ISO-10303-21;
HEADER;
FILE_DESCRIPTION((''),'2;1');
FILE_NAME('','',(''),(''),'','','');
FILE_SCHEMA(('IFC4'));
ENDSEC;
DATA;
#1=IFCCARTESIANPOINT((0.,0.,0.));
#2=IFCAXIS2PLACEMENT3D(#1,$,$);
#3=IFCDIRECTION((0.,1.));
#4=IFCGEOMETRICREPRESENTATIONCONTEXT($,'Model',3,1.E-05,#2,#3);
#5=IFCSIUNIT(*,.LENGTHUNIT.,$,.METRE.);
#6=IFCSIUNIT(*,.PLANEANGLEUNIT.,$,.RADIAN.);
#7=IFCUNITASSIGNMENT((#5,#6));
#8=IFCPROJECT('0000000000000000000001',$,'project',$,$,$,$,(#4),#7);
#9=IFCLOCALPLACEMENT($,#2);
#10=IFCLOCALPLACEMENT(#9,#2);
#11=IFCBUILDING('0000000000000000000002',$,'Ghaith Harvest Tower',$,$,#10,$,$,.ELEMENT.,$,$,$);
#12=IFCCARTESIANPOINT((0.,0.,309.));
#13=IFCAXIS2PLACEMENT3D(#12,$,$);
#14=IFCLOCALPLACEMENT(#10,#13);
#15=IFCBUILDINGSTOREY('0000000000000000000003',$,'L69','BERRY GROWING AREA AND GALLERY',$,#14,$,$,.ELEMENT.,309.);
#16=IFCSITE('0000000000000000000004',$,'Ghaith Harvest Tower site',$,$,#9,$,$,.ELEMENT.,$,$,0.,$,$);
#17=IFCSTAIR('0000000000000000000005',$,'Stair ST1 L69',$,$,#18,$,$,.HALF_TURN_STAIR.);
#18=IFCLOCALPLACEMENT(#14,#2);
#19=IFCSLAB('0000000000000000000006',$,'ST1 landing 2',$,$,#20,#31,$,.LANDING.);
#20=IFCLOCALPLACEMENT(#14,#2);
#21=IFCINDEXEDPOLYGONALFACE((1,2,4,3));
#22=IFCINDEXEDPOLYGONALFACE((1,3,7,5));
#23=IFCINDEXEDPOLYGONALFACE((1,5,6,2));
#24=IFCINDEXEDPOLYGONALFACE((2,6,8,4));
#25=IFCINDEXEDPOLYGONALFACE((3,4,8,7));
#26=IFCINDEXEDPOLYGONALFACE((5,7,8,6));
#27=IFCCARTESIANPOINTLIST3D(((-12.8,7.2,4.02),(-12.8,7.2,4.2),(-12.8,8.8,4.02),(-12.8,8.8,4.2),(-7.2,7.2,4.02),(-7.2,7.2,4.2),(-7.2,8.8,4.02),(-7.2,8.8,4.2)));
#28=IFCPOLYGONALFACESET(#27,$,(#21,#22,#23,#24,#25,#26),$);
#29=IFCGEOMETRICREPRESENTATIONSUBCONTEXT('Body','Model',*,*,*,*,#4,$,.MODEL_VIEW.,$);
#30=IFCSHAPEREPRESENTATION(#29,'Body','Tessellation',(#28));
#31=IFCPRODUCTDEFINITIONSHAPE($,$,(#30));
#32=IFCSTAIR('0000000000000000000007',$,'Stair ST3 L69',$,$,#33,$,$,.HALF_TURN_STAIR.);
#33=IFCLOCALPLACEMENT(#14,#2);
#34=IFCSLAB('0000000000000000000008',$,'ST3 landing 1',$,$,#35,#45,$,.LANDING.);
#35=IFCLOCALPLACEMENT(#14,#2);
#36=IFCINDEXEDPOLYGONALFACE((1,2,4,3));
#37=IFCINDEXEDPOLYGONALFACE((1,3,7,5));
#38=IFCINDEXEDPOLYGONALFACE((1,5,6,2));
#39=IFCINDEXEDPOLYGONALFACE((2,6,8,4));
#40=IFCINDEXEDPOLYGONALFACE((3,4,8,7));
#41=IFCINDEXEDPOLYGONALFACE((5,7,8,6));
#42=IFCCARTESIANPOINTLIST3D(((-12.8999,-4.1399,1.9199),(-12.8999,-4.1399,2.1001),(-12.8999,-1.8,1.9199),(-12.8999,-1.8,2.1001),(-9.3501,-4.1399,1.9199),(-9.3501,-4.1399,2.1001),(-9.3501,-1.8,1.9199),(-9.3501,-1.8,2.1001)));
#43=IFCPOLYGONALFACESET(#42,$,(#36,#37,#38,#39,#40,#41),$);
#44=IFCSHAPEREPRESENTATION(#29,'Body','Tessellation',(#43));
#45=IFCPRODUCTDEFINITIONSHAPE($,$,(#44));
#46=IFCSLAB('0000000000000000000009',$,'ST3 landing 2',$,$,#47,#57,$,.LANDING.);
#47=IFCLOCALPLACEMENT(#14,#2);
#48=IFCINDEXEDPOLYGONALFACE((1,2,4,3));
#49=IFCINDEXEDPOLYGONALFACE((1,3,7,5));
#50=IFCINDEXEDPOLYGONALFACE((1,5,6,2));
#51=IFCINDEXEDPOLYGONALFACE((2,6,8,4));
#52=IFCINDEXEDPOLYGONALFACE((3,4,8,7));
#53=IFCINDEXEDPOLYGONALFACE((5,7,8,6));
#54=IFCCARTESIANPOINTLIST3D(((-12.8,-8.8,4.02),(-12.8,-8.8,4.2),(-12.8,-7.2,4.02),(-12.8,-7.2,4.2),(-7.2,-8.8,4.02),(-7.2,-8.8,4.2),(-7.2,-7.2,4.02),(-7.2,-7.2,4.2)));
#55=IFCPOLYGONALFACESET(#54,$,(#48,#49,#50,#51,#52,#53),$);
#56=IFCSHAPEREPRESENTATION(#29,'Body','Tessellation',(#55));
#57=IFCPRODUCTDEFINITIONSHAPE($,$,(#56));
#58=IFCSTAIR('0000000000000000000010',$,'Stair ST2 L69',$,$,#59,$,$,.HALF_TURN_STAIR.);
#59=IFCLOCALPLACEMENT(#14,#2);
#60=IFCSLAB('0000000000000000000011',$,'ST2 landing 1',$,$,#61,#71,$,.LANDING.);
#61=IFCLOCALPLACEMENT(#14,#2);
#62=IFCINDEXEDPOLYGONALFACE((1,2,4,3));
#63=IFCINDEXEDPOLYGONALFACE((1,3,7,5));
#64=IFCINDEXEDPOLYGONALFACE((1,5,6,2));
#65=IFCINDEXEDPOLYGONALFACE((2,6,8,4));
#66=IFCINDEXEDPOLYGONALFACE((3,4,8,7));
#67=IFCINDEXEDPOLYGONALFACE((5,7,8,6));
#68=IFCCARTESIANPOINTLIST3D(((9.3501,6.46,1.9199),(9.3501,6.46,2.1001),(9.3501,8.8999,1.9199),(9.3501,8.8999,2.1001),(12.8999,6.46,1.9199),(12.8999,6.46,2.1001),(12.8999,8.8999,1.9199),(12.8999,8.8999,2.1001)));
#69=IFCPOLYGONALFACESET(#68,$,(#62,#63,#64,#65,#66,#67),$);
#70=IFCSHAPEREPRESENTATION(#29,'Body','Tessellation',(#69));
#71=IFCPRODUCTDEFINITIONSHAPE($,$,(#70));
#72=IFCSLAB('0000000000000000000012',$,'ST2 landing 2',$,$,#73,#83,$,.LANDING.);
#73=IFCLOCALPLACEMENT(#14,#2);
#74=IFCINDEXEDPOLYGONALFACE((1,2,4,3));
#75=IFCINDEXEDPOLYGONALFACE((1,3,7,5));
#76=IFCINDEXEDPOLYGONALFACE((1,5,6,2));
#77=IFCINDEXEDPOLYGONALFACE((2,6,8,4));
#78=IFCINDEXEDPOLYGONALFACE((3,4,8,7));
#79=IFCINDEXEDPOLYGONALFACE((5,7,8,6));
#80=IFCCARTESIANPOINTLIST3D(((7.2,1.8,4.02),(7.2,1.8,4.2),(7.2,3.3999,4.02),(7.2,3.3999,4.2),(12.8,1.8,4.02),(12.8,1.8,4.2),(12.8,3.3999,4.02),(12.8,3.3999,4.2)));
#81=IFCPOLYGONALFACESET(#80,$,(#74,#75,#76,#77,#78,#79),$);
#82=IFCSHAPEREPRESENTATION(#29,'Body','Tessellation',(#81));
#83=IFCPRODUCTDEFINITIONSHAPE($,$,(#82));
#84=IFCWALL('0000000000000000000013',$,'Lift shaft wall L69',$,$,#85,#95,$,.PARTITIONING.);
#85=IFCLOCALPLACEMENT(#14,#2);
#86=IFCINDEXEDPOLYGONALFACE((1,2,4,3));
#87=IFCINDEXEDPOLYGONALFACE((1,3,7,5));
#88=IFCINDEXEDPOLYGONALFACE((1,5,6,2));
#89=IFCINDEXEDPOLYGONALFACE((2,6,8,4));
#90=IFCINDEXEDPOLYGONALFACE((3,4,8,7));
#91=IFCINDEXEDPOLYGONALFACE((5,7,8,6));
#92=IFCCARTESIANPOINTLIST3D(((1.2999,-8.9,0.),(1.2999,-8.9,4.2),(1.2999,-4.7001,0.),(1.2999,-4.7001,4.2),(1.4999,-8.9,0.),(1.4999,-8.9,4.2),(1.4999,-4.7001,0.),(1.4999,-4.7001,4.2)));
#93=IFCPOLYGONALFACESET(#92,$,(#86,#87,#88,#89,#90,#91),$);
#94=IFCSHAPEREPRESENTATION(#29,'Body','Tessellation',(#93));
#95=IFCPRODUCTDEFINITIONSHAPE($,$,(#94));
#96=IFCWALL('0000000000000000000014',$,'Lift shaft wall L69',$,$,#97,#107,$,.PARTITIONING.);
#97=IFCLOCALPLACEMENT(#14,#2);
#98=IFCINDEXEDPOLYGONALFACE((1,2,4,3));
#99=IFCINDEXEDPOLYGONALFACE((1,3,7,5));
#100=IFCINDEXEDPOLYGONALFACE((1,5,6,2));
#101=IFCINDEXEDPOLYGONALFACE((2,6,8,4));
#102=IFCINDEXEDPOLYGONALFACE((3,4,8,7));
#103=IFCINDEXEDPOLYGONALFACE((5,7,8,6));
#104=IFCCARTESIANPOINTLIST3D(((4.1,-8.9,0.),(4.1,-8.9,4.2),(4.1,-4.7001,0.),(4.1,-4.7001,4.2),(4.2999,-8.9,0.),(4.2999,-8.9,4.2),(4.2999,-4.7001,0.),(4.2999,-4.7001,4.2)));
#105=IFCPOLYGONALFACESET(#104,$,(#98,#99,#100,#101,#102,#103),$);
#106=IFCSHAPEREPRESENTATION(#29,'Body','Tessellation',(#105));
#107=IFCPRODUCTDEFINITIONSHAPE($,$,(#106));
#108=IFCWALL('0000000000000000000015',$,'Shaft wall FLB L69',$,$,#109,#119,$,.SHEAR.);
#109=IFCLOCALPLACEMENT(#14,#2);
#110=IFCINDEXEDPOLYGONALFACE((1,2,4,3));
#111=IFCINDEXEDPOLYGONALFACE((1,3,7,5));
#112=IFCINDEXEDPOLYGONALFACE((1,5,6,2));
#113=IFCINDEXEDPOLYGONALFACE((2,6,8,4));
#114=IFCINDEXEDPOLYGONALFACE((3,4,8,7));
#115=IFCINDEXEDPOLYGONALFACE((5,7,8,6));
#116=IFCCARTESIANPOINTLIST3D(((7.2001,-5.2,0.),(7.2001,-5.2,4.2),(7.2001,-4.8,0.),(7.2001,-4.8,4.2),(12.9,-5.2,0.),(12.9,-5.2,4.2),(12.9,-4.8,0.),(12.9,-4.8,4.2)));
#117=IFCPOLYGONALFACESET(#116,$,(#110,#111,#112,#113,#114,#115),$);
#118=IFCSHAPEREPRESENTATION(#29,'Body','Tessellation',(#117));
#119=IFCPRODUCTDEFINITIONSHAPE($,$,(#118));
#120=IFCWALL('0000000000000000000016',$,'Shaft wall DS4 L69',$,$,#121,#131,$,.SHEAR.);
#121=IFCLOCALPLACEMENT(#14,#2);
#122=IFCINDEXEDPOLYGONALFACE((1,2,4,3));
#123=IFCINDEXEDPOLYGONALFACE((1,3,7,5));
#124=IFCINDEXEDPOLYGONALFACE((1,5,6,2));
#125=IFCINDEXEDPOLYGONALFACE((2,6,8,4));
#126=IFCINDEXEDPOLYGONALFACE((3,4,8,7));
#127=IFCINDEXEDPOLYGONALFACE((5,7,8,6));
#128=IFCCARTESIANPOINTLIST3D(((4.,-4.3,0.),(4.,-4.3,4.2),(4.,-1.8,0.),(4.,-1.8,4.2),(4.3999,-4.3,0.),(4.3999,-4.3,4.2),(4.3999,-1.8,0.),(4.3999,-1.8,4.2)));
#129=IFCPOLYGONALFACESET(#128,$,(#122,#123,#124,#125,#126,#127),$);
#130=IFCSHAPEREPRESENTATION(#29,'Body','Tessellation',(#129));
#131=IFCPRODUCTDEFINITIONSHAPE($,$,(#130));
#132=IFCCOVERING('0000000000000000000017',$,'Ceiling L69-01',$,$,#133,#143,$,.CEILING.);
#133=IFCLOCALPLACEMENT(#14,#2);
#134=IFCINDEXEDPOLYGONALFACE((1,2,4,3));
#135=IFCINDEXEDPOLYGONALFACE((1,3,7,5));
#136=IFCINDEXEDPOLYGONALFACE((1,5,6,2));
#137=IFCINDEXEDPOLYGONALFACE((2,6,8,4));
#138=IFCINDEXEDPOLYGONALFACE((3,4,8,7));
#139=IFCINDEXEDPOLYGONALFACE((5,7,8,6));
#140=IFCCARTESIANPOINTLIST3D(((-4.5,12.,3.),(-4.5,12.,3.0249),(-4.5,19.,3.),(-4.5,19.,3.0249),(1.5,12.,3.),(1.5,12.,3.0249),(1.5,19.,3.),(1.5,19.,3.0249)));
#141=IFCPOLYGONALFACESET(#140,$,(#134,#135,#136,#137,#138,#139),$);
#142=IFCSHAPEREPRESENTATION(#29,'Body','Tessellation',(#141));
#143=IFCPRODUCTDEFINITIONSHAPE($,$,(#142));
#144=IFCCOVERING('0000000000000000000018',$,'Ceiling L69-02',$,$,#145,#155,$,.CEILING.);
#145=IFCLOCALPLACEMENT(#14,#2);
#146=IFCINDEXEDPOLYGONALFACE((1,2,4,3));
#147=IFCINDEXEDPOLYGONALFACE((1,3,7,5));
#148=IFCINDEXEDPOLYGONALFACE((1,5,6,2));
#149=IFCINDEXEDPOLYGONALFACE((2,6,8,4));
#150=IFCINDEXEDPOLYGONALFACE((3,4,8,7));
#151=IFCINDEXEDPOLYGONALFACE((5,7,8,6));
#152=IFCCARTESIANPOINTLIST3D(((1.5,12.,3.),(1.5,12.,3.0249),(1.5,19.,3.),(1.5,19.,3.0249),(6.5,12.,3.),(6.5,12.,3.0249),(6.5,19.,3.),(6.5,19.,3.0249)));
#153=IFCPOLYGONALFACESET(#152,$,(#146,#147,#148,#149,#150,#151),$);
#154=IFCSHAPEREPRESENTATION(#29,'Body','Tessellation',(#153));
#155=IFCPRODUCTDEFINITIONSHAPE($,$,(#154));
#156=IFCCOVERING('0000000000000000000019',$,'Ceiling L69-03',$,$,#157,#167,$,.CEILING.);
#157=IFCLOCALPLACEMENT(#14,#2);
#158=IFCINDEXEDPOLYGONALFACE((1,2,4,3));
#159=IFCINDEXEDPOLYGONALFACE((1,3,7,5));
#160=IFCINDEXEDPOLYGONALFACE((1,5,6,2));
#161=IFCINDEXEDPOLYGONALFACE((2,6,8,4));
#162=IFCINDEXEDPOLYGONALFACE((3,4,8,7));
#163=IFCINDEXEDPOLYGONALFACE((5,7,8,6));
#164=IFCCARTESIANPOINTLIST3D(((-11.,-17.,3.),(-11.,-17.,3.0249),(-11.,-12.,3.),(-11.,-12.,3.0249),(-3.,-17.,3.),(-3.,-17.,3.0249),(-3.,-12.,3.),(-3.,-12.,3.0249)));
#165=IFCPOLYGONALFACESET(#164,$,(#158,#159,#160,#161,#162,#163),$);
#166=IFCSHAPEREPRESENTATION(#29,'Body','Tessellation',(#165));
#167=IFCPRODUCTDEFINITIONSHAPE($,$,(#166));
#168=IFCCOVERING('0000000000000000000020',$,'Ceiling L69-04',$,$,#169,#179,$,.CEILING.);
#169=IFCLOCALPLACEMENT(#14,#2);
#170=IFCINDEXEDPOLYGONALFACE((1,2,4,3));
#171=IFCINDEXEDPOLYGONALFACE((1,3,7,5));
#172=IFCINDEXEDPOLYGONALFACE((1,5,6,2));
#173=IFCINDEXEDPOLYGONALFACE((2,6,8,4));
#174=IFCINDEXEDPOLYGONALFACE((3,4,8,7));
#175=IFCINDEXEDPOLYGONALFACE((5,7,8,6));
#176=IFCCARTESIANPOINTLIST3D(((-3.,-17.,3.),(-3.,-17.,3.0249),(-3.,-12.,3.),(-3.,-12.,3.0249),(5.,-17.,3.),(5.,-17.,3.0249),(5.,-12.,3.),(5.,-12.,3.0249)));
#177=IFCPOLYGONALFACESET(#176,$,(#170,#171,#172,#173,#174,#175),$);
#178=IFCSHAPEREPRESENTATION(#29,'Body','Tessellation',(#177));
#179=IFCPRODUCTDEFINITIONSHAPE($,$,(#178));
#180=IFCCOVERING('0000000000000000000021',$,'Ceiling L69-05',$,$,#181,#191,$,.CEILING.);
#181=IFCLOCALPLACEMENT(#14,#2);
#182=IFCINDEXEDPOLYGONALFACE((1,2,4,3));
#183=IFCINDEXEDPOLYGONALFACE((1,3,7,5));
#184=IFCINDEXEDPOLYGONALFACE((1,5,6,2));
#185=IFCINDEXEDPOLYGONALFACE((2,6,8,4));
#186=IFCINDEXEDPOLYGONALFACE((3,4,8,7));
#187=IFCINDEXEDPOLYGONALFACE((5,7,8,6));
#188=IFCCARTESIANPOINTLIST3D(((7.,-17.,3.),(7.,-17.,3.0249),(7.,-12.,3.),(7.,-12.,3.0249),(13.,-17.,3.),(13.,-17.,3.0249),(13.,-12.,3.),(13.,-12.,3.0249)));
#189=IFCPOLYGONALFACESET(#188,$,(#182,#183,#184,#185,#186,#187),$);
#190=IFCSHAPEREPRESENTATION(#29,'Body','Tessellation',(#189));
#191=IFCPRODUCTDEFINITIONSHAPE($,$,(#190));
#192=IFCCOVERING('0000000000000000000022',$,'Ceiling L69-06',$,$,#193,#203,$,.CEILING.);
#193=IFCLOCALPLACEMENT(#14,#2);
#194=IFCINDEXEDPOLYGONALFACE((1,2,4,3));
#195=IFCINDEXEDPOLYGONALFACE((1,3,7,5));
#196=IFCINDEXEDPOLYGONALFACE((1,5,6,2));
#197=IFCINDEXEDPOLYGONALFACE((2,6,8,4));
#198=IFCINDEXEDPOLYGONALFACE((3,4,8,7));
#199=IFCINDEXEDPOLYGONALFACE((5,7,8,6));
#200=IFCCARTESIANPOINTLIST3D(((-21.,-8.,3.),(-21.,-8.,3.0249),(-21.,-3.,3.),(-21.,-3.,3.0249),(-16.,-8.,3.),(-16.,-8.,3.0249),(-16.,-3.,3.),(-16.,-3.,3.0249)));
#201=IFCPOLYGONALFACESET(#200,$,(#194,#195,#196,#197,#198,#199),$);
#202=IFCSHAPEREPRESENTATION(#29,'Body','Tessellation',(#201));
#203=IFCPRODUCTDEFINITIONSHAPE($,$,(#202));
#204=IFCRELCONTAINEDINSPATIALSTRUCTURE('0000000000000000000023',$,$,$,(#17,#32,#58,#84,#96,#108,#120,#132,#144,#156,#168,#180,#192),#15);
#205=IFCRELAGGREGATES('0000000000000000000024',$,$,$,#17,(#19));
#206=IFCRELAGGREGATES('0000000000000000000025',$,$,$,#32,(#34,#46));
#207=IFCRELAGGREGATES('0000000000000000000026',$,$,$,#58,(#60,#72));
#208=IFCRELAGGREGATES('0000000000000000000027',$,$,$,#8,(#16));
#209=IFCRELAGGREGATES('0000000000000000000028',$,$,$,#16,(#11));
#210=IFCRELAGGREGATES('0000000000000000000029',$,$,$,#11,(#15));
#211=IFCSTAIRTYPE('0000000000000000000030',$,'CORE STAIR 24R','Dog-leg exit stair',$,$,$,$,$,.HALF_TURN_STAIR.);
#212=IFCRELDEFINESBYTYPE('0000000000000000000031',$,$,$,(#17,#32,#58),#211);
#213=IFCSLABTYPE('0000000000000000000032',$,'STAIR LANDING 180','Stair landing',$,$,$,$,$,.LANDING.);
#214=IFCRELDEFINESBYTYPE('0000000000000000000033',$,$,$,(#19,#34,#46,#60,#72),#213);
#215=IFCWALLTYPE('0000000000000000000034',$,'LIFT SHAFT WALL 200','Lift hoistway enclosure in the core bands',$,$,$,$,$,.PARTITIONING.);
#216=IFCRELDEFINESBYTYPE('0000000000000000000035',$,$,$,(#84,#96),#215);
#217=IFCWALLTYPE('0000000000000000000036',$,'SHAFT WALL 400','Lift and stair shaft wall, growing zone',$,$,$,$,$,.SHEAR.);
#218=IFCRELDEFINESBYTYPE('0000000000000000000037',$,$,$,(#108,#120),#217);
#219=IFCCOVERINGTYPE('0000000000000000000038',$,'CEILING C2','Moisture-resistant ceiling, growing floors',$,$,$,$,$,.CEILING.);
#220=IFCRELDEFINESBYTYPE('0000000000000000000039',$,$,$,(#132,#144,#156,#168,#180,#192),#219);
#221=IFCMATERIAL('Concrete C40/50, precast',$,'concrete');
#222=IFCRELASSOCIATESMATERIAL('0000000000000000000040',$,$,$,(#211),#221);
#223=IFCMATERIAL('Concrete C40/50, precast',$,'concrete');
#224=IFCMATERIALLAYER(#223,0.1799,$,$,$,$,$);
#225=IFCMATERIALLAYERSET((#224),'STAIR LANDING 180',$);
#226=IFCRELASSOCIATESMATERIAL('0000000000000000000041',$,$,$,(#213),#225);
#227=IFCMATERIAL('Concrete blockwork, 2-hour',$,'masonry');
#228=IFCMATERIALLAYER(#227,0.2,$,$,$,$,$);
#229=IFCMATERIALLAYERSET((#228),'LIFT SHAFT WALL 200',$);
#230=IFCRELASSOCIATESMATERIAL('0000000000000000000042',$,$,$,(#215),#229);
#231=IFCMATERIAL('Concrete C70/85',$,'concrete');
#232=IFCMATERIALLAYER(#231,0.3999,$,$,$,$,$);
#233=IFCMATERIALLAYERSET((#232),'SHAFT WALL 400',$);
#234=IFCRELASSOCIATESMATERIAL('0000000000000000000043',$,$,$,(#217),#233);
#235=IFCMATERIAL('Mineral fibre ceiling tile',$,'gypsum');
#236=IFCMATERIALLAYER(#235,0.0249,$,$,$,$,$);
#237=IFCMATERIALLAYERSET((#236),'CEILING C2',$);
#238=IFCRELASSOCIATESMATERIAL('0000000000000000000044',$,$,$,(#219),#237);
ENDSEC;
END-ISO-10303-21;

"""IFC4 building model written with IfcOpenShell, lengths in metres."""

from ifc_helpers import new_model, si_unit, direction, frame, frame_2d, origin, place, context, subcontext, project, spatial, polyline, rectangle, outline, extrude, material, layer, layer_set, type_object, element, aggregate, save


model = new_model("IFC4")

# Units and contexts
model_context = context("Model", 3, precision=1e-05, world=origin(), true_north=direction((0.0, 1.0)))
body_context = subcontext(model_context, "Body", "Model", "MODEL_VIEW")
ifc_project = project(units=[si_unit("LENGTHUNIT", "METRE"), si_unit("PLANEANGLEUNIT", "RADIAN")], contexts=[model_context])

# Site, building, storey
site_placement = place(None, origin())
site = spatial("IfcSite", under=ifc_project, at=site_placement, Name="Ghaith Harvest Tower site", CompositionType="ELEMENT", RefElevation=0.0)
building_placement = place(site_placement, origin())
building = spatial("IfcBuilding", under=site, at=building_placement, Name="Ghaith Harvest Tower", CompositionType="ELEMENT")
storey_placement = place(building_placement, frame((0.0, 0.0, 309.0)))
storey = spatial("IfcBuildingStorey", under=building, at=storey_placement, Name="L69", Description="BERRY GROWING AREA AND GALLERY", CompositionType="ELEMENT", Elevation=309.0)

# Stair, slab
ifc_material_1 = material(Name="Concrete C40/50, precast", Category="concrete")
stair_type = type_object("IfcStairType", Name="CORE STAIR 24R", Description="Dog-leg exit stair", PredefinedType="HALF_TURN_STAIR", material=ifc_material_1)
stair_1_placement = place(storey_placement, origin())
stair_1 = element("IfcStair", 1, at=stair_1_placement, inside=storey, type_object=stair_type, Name="Stair ST1 L69", PredefinedType="HALF_TURN_STAIR")
ifc_material_2 = material(Name="Concrete C40/50, precast", Category="concrete")
ifc_layer_1 = layer(ifc_material_2, 0.1799)
ifc_layer_set_1 = layer_set([ifc_layer_1], Name="STAIR LANDING 180")
slab_type = type_object("IfcSlabType", Name="STAIR LANDING 180", Description="Stair landing", PredefinedType="LANDING", material=ifc_layer_set_1)
slab_1_placement = place(storey_placement, frame((0.0, 0.0, 4.02)))
slab_1 = element("IfcSlab", 2, at=slab_1_placement, type_object=slab_type, Name="ST1 landing 2", PredefinedType="LANDING", context=body_context, shape_type="SweptSolid", body=[
    extrude(outline(polyline([(-12.8, 8.8), (-12.8, 7.2), (-7.2, 7.2), (-7.2, 8.8), (-12.8, 8.8)])), origin(), (0.0, 0.0, 1.0), 0.1799),
])
aggregate(stair_1, [slab_1])

# Stairs, slabs
stair_2_placement = place(storey_placement, origin())
stair_2 = element("IfcStair", 3, at=stair_2_placement, inside=storey, type_object=stair_type, Name="Stair ST3 L69", PredefinedType="HALF_TURN_STAIR")
slab_2_placement = place(storey_placement, frame((0.0, 0.0, 1.9199)))
slab_2 = element("IfcSlab", 4, at=slab_2_placement, type_object=slab_type, Name="ST3 landing 1", PredefinedType="LANDING", context=body_context, shape_type="SweptSolid", body=[
    extrude(outline(polyline([(-12.8999, -4.1399), (-12.8999, -1.8), (-9.3501, -1.8), (-9.3501, -4.1399), (-12.8999, -4.1399)])), origin(), (0.0, 0.0, 1.0), 0.1802),
])
slab_3_placement = place(storey_placement, frame((0.0, 0.0, 4.02)))
slab_3 = element("IfcSlab", 5, at=slab_3_placement, type_object=slab_type, Name="ST3 landing 2", PredefinedType="LANDING", context=body_context, shape_type="SweptSolid", body=[
    extrude(outline(polyline([(-12.8, -8.8), (-12.8, -7.2), (-7.2, -7.2), (-7.2, -8.8), (-12.8, -8.8)])), origin(), (0.0, 0.0, 1.0), 0.1799),
])
aggregate(stair_2, [slab_2, slab_3])
stair_3_placement = place(storey_placement, origin())
stair_3 = element("IfcStair", 6, at=stair_3_placement, inside=storey, type_object=stair_type, Name="Stair ST2 L69", PredefinedType="HALF_TURN_STAIR")
slab_4_placement = place(storey_placement, frame((0.0, 0.0, 1.9199)))
slab_4 = element("IfcSlab", 7, at=slab_4_placement, type_object=slab_type, Name="ST2 landing 1", PredefinedType="LANDING", context=body_context, shape_type="SweptSolid", body=[
    extrude(outline(polyline([(12.8999, 6.46), (12.8999, 8.8999), (9.3501, 8.8999), (9.3501, 6.46), (12.8999, 6.46)])), origin(), (0.0, 0.0, 1.0), 0.1802),
])
slab_5_placement = place(storey_placement, frame((0.0, 0.0, 4.02)))
slab_5 = element("IfcSlab", 8, at=slab_5_placement, type_object=slab_type, Name="ST2 landing 2", PredefinedType="LANDING", context=body_context, shape_type="SweptSolid", body=[
    extrude(outline(polyline([(12.8, 1.8), (12.8, 3.3999), (7.2, 3.3999), (7.2, 1.8), (12.8, 1.8)])), origin(), (0.0, 0.0, 1.0), 0.1799),
])
aggregate(stair_3, [slab_4, slab_5])

# Walls
ifc_material_3 = material(Name="Concrete blockwork, 2-hour", Category="masonry")
ifc_layer_2 = layer(ifc_material_3, 0.2)
ifc_layer_set_2 = layer_set([ifc_layer_2], Name="LIFT SHAFT WALL 200")
wall_type_1 = type_object("IfcWallType", Name="LIFT SHAFT WALL 200", Description="Lift hoistway enclosure in the core bands", PredefinedType="PARTITIONING", material=ifc_layer_set_2)
for number, where, z_axis, x_axis, name in (
    (9, (1.3999, -4.7, 0.0), (0.0, 0.0, 1.0), (0.0, -1.0, 0.0), "Lift shaft wall L69"),
    (10, (4.2, -4.7, 0.0), (0.0, 0.0, 1.0), (0.0, -1.0, 0.0), "Lift shaft wall L69"),
):
    element("IfcWall", number, at=place(storey_placement, frame(where, z_axis=z_axis, x_axis=x_axis)), inside=storey, type_object=wall_type_1, Name=name, PredefinedType="PARTITIONING", context=body_context, shape_type="SweptSolid", body=[
        extrude(rectangle(XDim=4.2, YDim=0.2, at=frame_2d((2.1001, 0.0))), origin(), (0.0, 0.0, 1.0), 4.2),
    ])

# Shared definitions
ifc_material_4 = material(Name="Concrete C70/85", Category="concrete")
ifc_layer_3 = layer(ifc_material_4, 0.3999)
ifc_layer_set_3 = layer_set([ifc_layer_3], Name="SHAFT WALL 400")
wall_type_2 = type_object("IfcWallType", Name="SHAFT WALL 400", Description="Lift and stair shaft wall, growing zone", PredefinedType="SHEAR", material=ifc_layer_set_3)

# Walls
wall_1_placement = place(storey_placement, frame((7.2, -5.0, 0.0), z_axis=(0.0, 0.0, 1.0), x_axis=(1.0, 0.0, 0.0)))
element("IfcWall", 11, at=wall_1_placement, inside=storey, type_object=wall_type_2, Name="Shaft wall FLB L69", PredefinedType="SHEAR", context=body_context, shape_type="SweptSolid", body=[
    extrude(rectangle(XDim=5.7, YDim=0.3999, at=frame_2d((2.8501, 0.0))), origin(), (0.0, 0.0, 1.0), 4.2),
])
wall_2_placement = place(storey_placement, frame((4.2, -4.3, 0.0), z_axis=(0.0, 0.0, 1.0), x_axis=(0.0, 1.0, 0.0)))
element("IfcWall", 12, at=wall_2_placement, inside=storey, type_object=wall_type_2, Name="Shaft wall DS4 L69", PredefinedType="SHEAR", context=body_context, shape_type="SweptSolid", body=[
    extrude(rectangle(XDim=2.5, YDim=0.3999, at=frame_2d((1.25, 0.0))), origin(), (0.0, 0.0, 1.0), 4.2),
])

# Coverings
ifc_material_5 = material(Name="Mineral fibre ceiling tile", Category="gypsum")
ifc_layer_4 = layer(ifc_material_5, 0.0249)
ifc_layer_set_4 = layer_set([ifc_layer_4], Name="CEILING C2")
covering_type = type_object("IfcCoveringType", Name="CEILING C2", Description="Moisture-resistant ceiling, growing floors", PredefinedType="CEILING", material=ifc_layer_set_4)
covering_1_placement = place(storey_placement, frame((0.0, 0.0, 3.0)))
element("IfcCovering", 13, at=covering_1_placement, inside=storey, type_object=covering_type, Name="Ceiling L69-01", PredefinedType="CEILING", context=body_context, shape_type="SweptSolid", body=[
    extrude(outline(polyline([(-4.5, 12.0), (1.5, 12.0), (1.5, 19.0), (-4.5, 19.0), (-4.5, 12.0)])), origin(), (0.0, 0.0, 1.0), 0.0249),
])
covering_2_placement = place(storey_placement, frame((0.0, 0.0, 3.0)))
element("IfcCovering", 14, at=covering_2_placement, inside=storey, type_object=covering_type, Name="Ceiling L69-02", PredefinedType="CEILING", context=body_context, shape_type="SweptSolid", body=[
    extrude(outline(polyline([(1.5, 12.0), (6.5, 12.0), (6.5, 19.0), (1.5, 19.0), (1.5, 12.0)])), origin(), (0.0, 0.0, 1.0), 0.0249),
])
covering_3_placement = place(storey_placement, frame((0.0, 0.0, 3.0)))
element("IfcCovering", 15, at=covering_3_placement, inside=storey, type_object=covering_type, Name="Ceiling L69-03", PredefinedType="CEILING", context=body_context, shape_type="SweptSolid", body=[
    extrude(outline(polyline([(-11.0, -17.0), (-3.0, -17.0), (-3.0, -12.0), (-11.0, -12.0), (-11.0, -17.0)])), origin(), (0.0, 0.0, 1.0), 0.0249),
])
covering_4_placement = place(storey_placement, frame((0.0, 0.0, 3.0)))
element("IfcCovering", 16, at=covering_4_placement, inside=storey, type_object=covering_type, Name="Ceiling L69-04", PredefinedType="CEILING", context=body_context, shape_type="SweptSolid", body=[
    extrude(outline(polyline([(-3.0, -17.0), (5.0, -17.0), (5.0, -12.0), (-3.0, -12.0), (-3.0, -17.0)])), origin(), (0.0, 0.0, 1.0), 0.0249),
])
covering_5_placement = place(storey_placement, frame((0.0, 0.0, 3.0)))
element("IfcCovering", 17, at=covering_5_placement, inside=storey, type_object=covering_type, Name="Ceiling L69-05", PredefinedType="CEILING", context=body_context, shape_type="SweptSolid", body=[
    extrude(outline(polyline([(7.0, -17.0), (13.0, -17.0), (13.0, -12.0), (7.0, -12.0), (7.0, -17.0)])), origin(), (0.0, 0.0, 1.0), 0.0249),
])
covering_6_placement = place(storey_placement, frame((0.0, 0.0, 3.0)))
element("IfcCovering", 18, at=covering_6_placement, inside=storey, type_object=covering_type, Name="Ceiling L69-06", PredefinedType="CEILING", context=body_context, shape_type="SweptSolid", body=[
    extrude(outline(polyline([(-21.0, -8.0), (-16.0, -8.0), (-16.0, -3.0), (-21.0, -3.0), (-21.0, -8.0)])), origin(), (0.0, 0.0, 1.0), 0.0249),
])

save(model, "model.ifc")
